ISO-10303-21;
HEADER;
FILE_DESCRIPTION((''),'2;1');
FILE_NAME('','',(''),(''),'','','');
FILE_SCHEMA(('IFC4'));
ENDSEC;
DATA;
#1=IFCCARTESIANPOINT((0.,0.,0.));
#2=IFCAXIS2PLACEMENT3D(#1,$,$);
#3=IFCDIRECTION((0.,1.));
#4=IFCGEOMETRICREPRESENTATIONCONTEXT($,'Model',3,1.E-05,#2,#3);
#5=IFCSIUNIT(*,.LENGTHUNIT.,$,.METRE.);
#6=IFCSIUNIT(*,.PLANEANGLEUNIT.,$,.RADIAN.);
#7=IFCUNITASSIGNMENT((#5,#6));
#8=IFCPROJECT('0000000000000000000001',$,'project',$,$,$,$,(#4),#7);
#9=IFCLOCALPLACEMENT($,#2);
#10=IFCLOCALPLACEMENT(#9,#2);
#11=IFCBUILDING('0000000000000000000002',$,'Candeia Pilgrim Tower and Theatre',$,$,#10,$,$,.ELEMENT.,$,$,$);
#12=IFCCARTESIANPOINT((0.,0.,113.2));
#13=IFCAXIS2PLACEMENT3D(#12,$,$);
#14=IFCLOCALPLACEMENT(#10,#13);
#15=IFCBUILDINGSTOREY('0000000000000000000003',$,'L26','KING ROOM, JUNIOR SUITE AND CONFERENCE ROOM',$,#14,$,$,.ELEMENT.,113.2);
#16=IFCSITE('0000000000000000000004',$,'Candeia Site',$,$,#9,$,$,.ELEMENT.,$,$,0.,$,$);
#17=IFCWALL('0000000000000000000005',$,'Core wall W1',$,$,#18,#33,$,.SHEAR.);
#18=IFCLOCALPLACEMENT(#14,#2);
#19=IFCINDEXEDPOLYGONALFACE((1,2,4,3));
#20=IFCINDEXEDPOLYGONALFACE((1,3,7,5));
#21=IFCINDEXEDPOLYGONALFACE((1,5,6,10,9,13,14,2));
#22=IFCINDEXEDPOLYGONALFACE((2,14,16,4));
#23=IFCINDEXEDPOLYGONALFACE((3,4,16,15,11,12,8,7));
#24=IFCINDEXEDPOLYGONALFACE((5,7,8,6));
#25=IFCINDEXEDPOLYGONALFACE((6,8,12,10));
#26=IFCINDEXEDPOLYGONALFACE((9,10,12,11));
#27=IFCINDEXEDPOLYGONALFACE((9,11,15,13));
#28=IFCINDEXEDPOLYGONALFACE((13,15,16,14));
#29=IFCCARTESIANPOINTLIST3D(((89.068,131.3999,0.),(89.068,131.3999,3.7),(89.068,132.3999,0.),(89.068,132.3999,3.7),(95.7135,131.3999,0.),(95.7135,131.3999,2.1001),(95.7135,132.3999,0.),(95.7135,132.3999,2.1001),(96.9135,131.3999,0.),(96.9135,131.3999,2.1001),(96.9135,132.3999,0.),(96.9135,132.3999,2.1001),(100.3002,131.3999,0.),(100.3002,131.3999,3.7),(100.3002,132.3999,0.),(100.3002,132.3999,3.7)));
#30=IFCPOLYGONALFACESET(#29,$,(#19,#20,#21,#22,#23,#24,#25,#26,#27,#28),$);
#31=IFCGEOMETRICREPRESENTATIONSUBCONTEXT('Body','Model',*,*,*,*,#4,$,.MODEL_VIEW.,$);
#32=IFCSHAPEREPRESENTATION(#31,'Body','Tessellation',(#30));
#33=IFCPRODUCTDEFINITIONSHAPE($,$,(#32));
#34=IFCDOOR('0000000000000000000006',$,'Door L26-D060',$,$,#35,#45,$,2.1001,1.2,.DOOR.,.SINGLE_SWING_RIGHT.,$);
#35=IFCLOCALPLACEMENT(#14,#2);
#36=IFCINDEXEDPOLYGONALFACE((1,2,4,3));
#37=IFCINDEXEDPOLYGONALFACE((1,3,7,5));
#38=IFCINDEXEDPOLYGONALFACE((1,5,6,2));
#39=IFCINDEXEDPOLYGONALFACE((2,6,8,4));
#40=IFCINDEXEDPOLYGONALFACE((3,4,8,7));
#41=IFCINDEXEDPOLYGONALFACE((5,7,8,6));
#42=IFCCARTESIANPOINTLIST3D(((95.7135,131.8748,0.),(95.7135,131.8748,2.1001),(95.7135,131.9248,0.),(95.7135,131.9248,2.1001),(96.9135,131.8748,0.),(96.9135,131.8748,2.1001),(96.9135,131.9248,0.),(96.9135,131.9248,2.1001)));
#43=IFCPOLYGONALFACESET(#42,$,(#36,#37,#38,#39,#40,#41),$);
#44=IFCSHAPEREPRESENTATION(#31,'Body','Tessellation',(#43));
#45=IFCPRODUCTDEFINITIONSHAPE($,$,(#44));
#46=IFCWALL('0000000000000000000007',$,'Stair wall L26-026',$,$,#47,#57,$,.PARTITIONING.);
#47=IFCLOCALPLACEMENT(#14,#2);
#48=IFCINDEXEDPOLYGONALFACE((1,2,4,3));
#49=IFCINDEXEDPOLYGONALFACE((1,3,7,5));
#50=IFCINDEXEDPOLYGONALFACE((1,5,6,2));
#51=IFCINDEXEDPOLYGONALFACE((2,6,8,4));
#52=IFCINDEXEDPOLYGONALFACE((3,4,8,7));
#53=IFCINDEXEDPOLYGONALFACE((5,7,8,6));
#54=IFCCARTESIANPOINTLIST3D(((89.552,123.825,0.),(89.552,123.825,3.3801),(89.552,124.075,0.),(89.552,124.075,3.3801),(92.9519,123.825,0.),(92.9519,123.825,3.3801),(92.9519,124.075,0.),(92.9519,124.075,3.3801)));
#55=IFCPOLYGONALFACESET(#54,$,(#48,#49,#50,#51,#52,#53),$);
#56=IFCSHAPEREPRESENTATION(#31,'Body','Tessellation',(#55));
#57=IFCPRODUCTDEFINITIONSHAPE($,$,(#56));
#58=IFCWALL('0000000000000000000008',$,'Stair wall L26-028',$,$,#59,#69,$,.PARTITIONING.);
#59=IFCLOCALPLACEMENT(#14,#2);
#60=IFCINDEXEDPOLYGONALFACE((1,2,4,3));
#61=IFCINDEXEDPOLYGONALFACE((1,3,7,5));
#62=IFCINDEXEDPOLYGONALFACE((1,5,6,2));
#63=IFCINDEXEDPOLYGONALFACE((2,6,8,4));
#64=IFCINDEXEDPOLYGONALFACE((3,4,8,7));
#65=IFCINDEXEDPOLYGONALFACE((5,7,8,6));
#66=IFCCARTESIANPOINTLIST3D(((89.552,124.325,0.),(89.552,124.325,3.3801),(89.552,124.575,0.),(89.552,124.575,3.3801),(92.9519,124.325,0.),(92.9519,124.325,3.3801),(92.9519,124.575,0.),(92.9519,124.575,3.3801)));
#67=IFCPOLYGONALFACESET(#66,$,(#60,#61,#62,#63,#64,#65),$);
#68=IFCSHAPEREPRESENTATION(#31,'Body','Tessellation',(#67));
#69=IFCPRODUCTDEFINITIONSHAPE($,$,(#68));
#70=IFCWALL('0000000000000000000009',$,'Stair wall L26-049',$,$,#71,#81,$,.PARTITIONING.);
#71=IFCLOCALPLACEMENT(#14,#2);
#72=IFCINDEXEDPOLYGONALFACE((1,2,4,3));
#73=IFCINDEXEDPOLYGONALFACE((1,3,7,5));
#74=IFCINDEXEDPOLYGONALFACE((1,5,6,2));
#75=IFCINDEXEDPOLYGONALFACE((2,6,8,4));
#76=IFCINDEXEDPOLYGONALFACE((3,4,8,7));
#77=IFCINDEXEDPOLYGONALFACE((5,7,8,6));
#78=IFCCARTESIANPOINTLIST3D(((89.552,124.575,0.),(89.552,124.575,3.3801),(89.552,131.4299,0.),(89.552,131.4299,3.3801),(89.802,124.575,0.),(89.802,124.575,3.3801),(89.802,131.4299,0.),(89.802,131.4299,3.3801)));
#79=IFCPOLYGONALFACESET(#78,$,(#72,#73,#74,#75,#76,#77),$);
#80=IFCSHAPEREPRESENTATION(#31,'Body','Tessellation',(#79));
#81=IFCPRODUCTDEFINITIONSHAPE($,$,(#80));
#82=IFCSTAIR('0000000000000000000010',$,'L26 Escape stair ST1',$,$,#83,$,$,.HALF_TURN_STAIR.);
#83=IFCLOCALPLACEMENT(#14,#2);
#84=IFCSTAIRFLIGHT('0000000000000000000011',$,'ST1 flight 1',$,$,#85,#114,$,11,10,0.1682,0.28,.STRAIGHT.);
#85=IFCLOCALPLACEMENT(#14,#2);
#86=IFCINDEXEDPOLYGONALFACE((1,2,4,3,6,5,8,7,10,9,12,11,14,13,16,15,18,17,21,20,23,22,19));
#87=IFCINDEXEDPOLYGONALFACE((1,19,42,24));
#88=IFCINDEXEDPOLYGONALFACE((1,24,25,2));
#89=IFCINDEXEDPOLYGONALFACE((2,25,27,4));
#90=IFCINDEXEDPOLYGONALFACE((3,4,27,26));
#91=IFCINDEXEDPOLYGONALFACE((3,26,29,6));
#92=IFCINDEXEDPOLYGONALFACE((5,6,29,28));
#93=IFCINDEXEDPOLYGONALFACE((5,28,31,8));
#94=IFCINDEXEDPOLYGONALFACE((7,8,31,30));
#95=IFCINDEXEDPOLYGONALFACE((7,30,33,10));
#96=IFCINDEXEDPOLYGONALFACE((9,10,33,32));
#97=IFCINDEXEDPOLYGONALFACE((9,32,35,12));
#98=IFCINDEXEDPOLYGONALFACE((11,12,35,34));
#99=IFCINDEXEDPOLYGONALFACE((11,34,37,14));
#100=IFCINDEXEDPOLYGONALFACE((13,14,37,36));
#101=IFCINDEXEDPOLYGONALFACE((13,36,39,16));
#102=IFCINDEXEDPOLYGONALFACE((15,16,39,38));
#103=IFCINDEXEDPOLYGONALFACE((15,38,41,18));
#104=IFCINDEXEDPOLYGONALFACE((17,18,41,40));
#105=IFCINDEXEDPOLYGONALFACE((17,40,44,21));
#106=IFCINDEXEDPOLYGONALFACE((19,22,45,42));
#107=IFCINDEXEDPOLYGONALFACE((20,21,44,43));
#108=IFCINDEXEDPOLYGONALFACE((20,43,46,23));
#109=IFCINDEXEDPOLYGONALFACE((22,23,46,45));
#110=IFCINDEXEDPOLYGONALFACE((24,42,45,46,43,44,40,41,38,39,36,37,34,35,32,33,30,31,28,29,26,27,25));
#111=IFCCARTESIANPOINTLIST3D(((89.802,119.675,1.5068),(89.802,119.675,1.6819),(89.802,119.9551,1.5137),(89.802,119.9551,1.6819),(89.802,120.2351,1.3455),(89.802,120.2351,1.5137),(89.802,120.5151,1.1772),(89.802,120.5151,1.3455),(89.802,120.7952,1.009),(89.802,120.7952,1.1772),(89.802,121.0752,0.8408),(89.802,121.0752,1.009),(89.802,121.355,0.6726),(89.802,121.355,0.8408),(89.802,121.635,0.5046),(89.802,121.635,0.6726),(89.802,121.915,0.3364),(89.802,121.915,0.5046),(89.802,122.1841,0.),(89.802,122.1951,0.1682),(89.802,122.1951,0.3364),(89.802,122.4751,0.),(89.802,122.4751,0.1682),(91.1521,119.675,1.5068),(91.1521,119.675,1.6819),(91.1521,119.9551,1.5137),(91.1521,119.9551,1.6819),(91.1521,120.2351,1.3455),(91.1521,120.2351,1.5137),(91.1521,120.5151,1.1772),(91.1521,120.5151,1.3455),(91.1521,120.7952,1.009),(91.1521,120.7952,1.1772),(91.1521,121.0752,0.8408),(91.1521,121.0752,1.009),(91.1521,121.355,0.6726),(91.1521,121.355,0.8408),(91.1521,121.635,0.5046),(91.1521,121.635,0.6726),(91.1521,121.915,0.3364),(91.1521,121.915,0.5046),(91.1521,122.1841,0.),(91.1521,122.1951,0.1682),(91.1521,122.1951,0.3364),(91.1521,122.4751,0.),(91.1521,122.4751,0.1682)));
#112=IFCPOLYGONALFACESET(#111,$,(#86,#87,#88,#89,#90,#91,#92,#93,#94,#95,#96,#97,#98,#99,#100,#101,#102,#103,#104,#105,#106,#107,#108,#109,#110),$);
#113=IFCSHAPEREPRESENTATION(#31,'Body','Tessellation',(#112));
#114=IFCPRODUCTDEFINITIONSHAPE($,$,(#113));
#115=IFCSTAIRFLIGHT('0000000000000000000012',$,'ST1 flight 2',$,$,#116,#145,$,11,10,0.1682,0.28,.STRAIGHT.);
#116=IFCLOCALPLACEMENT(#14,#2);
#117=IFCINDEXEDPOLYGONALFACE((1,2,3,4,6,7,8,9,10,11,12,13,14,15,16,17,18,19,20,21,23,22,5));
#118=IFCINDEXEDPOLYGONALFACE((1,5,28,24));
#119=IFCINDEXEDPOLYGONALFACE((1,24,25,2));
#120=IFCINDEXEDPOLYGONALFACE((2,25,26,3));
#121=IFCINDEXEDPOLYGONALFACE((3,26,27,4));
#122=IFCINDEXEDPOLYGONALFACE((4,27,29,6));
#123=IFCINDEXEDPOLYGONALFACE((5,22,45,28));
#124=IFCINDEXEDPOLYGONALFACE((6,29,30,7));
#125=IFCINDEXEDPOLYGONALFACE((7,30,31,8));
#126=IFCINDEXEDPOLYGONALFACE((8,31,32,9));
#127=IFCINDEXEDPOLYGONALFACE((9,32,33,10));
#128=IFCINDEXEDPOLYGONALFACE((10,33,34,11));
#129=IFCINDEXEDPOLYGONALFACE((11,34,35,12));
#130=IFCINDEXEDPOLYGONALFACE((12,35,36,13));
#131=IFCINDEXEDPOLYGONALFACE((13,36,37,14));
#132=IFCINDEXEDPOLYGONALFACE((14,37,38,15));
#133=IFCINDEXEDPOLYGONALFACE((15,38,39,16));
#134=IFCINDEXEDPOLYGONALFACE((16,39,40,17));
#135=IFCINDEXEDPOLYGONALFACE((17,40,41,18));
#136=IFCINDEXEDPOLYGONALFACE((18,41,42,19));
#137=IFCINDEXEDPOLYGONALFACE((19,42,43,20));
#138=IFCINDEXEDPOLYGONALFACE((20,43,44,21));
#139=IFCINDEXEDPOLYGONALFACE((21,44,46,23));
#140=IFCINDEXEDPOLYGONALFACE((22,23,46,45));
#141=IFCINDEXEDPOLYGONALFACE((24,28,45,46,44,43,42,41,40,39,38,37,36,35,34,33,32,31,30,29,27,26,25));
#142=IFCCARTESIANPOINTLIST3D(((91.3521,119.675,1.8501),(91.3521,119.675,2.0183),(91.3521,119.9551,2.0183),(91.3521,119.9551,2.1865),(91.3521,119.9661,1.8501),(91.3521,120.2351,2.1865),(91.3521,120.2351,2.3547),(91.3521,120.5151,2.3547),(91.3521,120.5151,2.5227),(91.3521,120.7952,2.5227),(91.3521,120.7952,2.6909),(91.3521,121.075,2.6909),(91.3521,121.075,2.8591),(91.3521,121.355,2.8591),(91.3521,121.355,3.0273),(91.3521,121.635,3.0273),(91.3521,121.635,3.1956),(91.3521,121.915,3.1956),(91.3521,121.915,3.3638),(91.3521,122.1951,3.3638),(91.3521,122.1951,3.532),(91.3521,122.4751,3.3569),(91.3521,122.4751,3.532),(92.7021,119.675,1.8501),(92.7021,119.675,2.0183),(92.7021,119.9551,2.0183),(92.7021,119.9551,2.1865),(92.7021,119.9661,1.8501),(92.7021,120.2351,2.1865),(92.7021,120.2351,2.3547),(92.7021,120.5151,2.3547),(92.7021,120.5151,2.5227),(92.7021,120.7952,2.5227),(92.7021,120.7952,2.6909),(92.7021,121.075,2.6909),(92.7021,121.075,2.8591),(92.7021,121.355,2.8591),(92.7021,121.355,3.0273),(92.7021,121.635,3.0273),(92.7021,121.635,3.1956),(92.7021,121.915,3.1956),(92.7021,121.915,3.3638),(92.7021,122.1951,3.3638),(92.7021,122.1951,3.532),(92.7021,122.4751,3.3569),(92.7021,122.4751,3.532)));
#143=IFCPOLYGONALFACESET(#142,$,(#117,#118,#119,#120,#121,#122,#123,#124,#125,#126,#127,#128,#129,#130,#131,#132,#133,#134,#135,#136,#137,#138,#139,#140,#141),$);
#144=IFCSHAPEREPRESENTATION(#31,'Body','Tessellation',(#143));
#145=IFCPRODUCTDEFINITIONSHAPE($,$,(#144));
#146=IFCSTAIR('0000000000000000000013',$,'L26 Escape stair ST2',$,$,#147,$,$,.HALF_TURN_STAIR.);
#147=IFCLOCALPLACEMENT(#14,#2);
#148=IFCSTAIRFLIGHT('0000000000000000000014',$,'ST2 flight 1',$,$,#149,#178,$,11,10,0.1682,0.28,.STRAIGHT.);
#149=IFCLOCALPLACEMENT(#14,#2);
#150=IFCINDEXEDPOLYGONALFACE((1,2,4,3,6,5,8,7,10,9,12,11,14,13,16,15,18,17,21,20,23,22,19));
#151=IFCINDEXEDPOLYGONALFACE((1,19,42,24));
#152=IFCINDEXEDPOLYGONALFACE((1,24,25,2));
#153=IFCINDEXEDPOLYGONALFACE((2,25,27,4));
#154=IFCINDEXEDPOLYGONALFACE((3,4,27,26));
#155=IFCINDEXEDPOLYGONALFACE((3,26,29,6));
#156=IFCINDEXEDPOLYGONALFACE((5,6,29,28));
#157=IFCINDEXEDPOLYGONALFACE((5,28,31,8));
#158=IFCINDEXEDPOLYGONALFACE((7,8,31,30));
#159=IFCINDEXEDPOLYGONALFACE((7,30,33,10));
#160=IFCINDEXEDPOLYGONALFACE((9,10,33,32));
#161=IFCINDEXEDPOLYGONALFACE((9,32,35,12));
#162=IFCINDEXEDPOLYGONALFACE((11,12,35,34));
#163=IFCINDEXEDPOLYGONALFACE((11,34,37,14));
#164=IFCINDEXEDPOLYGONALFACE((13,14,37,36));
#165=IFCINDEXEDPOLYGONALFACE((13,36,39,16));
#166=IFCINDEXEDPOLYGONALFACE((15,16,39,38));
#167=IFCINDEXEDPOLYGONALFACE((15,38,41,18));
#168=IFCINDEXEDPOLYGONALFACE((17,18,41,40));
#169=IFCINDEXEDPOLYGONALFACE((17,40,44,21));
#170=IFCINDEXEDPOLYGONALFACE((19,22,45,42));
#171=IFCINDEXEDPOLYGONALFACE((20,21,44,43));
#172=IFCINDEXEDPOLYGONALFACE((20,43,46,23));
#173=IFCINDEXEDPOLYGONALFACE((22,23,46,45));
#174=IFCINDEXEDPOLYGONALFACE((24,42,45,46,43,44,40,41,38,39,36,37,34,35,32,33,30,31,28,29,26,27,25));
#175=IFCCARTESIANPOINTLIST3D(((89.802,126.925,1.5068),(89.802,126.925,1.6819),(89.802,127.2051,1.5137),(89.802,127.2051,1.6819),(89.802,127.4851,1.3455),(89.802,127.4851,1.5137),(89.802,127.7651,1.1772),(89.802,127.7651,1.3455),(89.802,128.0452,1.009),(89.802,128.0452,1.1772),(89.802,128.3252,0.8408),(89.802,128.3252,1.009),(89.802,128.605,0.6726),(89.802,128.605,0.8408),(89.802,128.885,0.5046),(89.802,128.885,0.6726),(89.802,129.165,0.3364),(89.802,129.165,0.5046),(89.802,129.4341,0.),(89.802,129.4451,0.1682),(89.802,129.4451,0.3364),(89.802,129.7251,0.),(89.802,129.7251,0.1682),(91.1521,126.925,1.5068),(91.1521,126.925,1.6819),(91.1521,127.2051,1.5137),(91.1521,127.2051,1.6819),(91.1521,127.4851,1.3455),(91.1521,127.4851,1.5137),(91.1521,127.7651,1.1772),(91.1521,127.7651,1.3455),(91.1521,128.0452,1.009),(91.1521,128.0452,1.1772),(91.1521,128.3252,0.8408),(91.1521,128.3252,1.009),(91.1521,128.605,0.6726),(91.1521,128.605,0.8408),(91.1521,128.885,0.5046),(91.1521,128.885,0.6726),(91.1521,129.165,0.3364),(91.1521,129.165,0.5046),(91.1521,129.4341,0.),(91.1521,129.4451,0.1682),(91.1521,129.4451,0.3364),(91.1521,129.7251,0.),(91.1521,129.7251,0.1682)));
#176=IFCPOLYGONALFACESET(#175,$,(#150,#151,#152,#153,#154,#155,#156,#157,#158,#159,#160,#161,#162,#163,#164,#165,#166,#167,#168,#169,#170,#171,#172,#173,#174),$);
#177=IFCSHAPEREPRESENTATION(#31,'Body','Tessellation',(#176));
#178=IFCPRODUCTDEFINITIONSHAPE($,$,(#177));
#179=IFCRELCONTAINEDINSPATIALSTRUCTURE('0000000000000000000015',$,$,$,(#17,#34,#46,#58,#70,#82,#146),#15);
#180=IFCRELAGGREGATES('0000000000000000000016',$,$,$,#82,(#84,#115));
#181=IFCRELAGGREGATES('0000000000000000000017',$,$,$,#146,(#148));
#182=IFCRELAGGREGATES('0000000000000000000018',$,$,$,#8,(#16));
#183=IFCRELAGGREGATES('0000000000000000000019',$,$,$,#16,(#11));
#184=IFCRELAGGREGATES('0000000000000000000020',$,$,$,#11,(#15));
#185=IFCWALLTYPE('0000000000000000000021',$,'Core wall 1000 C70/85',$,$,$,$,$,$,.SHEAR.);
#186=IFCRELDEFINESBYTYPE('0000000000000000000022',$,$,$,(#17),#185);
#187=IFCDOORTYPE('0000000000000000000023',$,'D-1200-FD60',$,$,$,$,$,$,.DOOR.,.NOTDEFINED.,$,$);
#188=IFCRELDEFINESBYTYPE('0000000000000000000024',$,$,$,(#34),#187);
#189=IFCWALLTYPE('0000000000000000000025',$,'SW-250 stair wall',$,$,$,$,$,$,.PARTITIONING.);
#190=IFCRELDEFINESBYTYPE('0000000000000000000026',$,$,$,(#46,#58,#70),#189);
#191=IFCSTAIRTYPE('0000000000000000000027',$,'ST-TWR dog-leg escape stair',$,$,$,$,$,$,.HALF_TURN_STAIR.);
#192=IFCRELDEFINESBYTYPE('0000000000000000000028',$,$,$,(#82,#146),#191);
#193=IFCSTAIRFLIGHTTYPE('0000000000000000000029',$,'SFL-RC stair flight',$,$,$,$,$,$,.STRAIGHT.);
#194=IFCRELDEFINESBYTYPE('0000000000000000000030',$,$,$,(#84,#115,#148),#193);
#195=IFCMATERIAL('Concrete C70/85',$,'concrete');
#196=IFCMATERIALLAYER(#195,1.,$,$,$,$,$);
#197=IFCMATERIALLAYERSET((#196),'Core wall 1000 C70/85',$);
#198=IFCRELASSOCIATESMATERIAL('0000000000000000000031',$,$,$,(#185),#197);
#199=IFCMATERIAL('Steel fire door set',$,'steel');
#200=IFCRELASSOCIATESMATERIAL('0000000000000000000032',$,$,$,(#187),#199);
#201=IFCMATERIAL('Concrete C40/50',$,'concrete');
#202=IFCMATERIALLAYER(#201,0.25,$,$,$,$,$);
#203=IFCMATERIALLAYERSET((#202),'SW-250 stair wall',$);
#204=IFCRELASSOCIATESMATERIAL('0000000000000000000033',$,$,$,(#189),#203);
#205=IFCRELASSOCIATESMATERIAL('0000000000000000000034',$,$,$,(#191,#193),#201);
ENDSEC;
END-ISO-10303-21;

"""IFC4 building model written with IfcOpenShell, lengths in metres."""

from ifc_helpers import new_model, si_unit, direction, frame, frame_2d, origin, place, context, subcontext, project, spatial, polyline, rectangle, outline, extrude, material, layer, layer_set, type_object, element, fill, aggregate, save


model = new_model("IFC4")

# Units and contexts
model_context = context("Model", 3, precision=1e-05, world=origin(), true_north=direction((0.0, 1.0)))
body_context = subcontext(model_context, "Body", "Model", "MODEL_VIEW")
ifc_project = project(units=[si_unit("LENGTHUNIT", "METRE"), si_unit("PLANEANGLEUNIT", "RADIAN")], contexts=[model_context])

# Site, building, storey
site_placement = place(None, origin())
site = spatial("IfcSite", under=ifc_project, at=site_placement, Name="Candeia Site", CompositionType="ELEMENT", RefElevation=0.0)
building_placement = place(site_placement, origin())
building = spatial("IfcBuilding", under=site, at=building_placement, Name="Candeia Pilgrim Tower and Theatre", CompositionType="ELEMENT")
storey_placement = place(building_placement, frame((0.0, 0.0, 113.2)))
storey = spatial("IfcBuildingStorey", under=building, at=storey_placement, Name="L26", Description="KING ROOM, JUNIOR SUITE AND CONFERENCE ROOM", CompositionType="ELEMENT", Elevation=113.2)

# Wall, opening, door
ifc_material_1 = material(Name="Concrete C70/85", Category="concrete")
ifc_layer_1 = layer(ifc_material_1, 1.0)
ifc_layer_set_1 = layer_set([ifc_layer_1], Name="Core wall 1000 C70/85")
wall_type_1 = type_object("IfcWallType", Name="Core wall 1000 C70/85", PredefinedType="SHEAR", material=ifc_layer_set_1)
wall_1_placement = place(storey_placement, frame((89.0679, 131.8999, 0.0), z_axis=(0.0, 0.0, 1.0), x_axis=(1.0, 0.0, 0.0)))
wall_1 = element("IfcWall", 1, at=wall_1_placement, inside=storey, type_object=wall_type_1, Name="Core wall W1", PredefinedType="SHEAR", context=body_context, shape_type="SweptSolid", body=[
    extrude(rectangle(XDim=11.2322, YDim=1.0, at=frame_2d((5.6162, 0.0))), origin(), (0.0, 0.0, 1.0), 3.7),
])
opening_placement = place(wall_1_placement, frame((6.6455, 0.0, 0.0)))
opening = element("IfcOpeningElement", 2, at=opening_placement, cuts=wall_1, PredefinedType="OPENING", context=body_context, shape_type="SweptSolid", body=[
    extrude(rectangle(XDim=1.2, YDim=2.1001, at=frame_2d((0.6001, 1.05))), frame((0.0, 0.51, 0.0), z_axis=(0.0, -1.0, 0.0), x_axis=(1.0, 0.0, 0.0)), (0.0, 0.0, 1.0), 1.02),
])
ifc_material_2 = material(Name="Steel fire door set", Category="steel")
door_type = type_object("IfcDoorType", Name="D-1200-FD60", OperationType="NOTDEFINED", PredefinedType="DOOR", material=ifc_material_2)
door_placement = place(opening_placement, origin())
door = element("IfcDoor", 3, at=door_placement, inside=storey, type_object=door_type, Name="Door L26-D060", OperationType="SINGLE_SWING_RIGHT", OverallHeight=2.1001, OverallWidth=1.2, PredefinedType="DOOR", context=body_context, shape_type="SweptSolid", body=[
    extrude(rectangle(XDim=1.2, YDim=2.1001, at=frame_2d((0.6001, 1.05))), frame((0.0, 0.0249, 0.0), z_axis=(0.0, -1.0, 0.0), x_axis=(1.0, 0.0, 0.0)), (0.0, 0.0, 1.0), 0.05),
])
fill(opening, door)

# Walls
ifc_material_3 = material(Name="Concrete C40/50", Category="concrete")
ifc_layer_2 = layer(ifc_material_3, 0.25)
ifc_layer_set_2 = layer_set([ifc_layer_2], Name="SW-250 stair wall")
wall_type_2 = type_object("IfcWallType", Name="SW-250 stair wall", PredefinedType="PARTITIONING", material=ifc_layer_set_2)
for number, where, z_axis, x_axis, name in (
    (4, (89.552, 123.95, 0.0), (0.0, 0.0, 1.0), (1.0, 0.0, 0.0), "Stair wall L26-026"),
    (5, (89.552, 124.45, 0.0), (0.0, 0.0, 1.0), (1.0, 0.0, 0.0), "Stair wall L26-028"),
):
    element("IfcWall", number, at=place(storey_placement, frame(where, z_axis=z_axis, x_axis=x_axis)), inside=storey, type_object=wall_type_2, Name=name, PredefinedType="PARTITIONING", context=body_context, shape_type="SweptSolid", body=[
        extrude(rectangle(XDim=3.3999, YDim=0.25, at=frame_2d((1.7, 0.0))), origin(), (0.0, 0.0, 1.0), 3.3801),
    ])
wall_2_placement = place(storey_placement, frame((89.677, 124.575, 0.0), z_axis=(0.0, 0.0, 1.0), x_axis=(0.0, 1.0, 0.0)))
element("IfcWall", 6, at=wall_2_placement, inside=storey, type_object=wall_type_2, Name="Stair wall L26-049", PredefinedType="PARTITIONING", context=body_context, shape_type="SweptSolid", body=[
    extrude(rectangle(XDim=6.855, YDim=0.25, at=frame_2d((3.4275, 0.0))), origin(), (0.0, 0.0, 1.0), 3.3801),
])

# Stairs, stair flights
stair_type = type_object("IfcStairType", Name="ST-TWR dog-leg escape stair", PredefinedType="HALF_TURN_STAIR", material=ifc_material_3)
stair_1_placement = place(storey_placement, origin())
stair_1 = element("IfcStair", 7, at=stair_1_placement, inside=storey, type_object=stair_type, Name="L26 Escape stair ST1", PredefinedType="HALF_TURN_STAIR")
stair_flight_type = type_object("IfcStairFlightType", Name="SFL-RC stair flight", PredefinedType="STRAIGHT", material=ifc_material_3)
stair_flight_1_placement = place(storey_placement, frame((90.4771, 122.4751, 0.0), z_axis=(0.0, 0.0, 1.0), x_axis=(0.0, -1.0, 0.0)))
stair_flight_1 = element("IfcStairFlight", 8, at=stair_flight_1_placement, type_object=stair_flight_type, Name="ST1 flight 1", NumberOfRisers=11, NumberOfTreads=10, PredefinedType="STRAIGHT", RiserHeight=0.1682, TreadLength=0.28, context=body_context, shape_type="SweptSolid", body=[
    extrude(outline(polyline([(0.0, 0.0), (0.0, 0.1682), (0.28, 0.1682), (0.28, 0.3364), (0.5601, 0.3364), (0.5601, 0.5046), (0.8401, 0.5046), (0.8401, 0.6726), (1.1201, 0.6726), (1.1201, 0.8408), (1.3999, 0.8408), (1.3999, 1.009), (1.6799, 1.009), (1.6799, 1.1772), (1.96, 1.1772), (1.96, 1.3455), (2.24, 1.3455), (2.24, 1.5137), (2.52, 1.5137), (2.52, 1.6819), (2.8, 1.6819), (2.8, 1.8501), (2.8, 1.5068), (0.291, 0.0), (0.0, 0.0)])), frame((0.0, 0.675, 0.0), z_axis=(0.0, -1.0, 0.0), x_axis=(1.0, 0.0, 0.0)), (0.0, 0.0, 1.0), 1.3501),
])
stair_flight_2_placement = place(storey_placement, frame((92.0271, 119.675, 1.8501), z_axis=(0.0, 0.0, 1.0), x_axis=(0.0, 1.0, 0.0)))
stair_flight_2 = element("IfcStairFlight", 9, at=stair_flight_2_placement, type_object=stair_flight_type, Name="ST1 flight 2", NumberOfRisers=11, NumberOfTreads=10, PredefinedType="STRAIGHT", RiserHeight=0.1682, TreadLength=0.28, context=body_context, shape_type="SweptSolid", body=[
    extrude(outline(polyline([(0.0, 0.0), (0.0, 0.1682), (0.28, 0.1682), (0.28, 0.3364), (0.5601, 0.3364), (0.5601, 0.5046), (0.8401, 0.5046), (0.8401, 0.6726), (1.1201, 0.6726), (1.1201, 0.8408), (1.3999, 0.8408), (1.3999, 1.009), (1.6799, 1.009), (1.6799, 1.1772), (1.96, 1.1772), (1.96, 1.3455), (2.24, 1.3455), (2.24, 1.5137), (2.52, 1.5137), (2.52, 1.6819), (2.8, 1.6819), (2.8, 1.8501), (2.8, 1.5068), (0.291, 0.0), (0.0, 0.0)])), frame((0.0, 0.675, 0.0), z_axis=(0.0, -1.0, 0.0), x_axis=(1.0, 0.0, 0.0)), (0.0, 0.0, 1.0), 1.3501),
])
aggregate(stair_1, [stair_flight_1, stair_flight_2])
stair_2_placement = place(storey_placement, origin())
stair_2 = element("IfcStair", 10, at=stair_2_placement, inside=storey, type_object=stair_type, Name="L26 Escape stair ST2", PredefinedType="HALF_TURN_STAIR")
stair_flight_3_placement = place(storey_placement, frame((90.4771, 129.7251, 0.0), z_axis=(0.0, 0.0, 1.0), x_axis=(0.0, -1.0, 0.0)))
stair_flight_3 = element("IfcStairFlight", 11, at=stair_flight_3_placement, type_object=stair_flight_type, Name="ST2 flight 1", NumberOfRisers=11, NumberOfTreads=10, PredefinedType="STRAIGHT", RiserHeight=0.1682, TreadLength=0.28, context=body_context, shape_type="SweptSolid", body=[
    extrude(outline(polyline([(0.0, 0.0), (0.0, 0.1682), (0.28, 0.1682), (0.28, 0.3364), (0.5601, 0.3364), (0.5601, 0.5046), (0.8401, 0.5046), (0.8401, 0.6726), (1.1201, 0.6726), (1.1201, 0.8408), (1.3999, 0.8408), (1.3999, 1.009), (1.6799, 1.009), (1.6799, 1.1772), (1.96, 1.1772), (1.96, 1.3455), (2.24, 1.3455), (2.24, 1.5137), (2.52, 1.5137), (2.52, 1.6819), (2.8, 1.6819), (2.8, 1.8501), (2.8, 1.5068), (0.291, 0.0), (0.0, 0.0)])), frame((0.0, 0.675, 0.0), z_axis=(0.0, -1.0, 0.0), x_axis=(1.0, 0.0, 0.0)), (0.0, 0.0, 1.0), 1.3501),
])
aggregate(stair_2, [stair_flight_3])

save(model, "model.ifc")
